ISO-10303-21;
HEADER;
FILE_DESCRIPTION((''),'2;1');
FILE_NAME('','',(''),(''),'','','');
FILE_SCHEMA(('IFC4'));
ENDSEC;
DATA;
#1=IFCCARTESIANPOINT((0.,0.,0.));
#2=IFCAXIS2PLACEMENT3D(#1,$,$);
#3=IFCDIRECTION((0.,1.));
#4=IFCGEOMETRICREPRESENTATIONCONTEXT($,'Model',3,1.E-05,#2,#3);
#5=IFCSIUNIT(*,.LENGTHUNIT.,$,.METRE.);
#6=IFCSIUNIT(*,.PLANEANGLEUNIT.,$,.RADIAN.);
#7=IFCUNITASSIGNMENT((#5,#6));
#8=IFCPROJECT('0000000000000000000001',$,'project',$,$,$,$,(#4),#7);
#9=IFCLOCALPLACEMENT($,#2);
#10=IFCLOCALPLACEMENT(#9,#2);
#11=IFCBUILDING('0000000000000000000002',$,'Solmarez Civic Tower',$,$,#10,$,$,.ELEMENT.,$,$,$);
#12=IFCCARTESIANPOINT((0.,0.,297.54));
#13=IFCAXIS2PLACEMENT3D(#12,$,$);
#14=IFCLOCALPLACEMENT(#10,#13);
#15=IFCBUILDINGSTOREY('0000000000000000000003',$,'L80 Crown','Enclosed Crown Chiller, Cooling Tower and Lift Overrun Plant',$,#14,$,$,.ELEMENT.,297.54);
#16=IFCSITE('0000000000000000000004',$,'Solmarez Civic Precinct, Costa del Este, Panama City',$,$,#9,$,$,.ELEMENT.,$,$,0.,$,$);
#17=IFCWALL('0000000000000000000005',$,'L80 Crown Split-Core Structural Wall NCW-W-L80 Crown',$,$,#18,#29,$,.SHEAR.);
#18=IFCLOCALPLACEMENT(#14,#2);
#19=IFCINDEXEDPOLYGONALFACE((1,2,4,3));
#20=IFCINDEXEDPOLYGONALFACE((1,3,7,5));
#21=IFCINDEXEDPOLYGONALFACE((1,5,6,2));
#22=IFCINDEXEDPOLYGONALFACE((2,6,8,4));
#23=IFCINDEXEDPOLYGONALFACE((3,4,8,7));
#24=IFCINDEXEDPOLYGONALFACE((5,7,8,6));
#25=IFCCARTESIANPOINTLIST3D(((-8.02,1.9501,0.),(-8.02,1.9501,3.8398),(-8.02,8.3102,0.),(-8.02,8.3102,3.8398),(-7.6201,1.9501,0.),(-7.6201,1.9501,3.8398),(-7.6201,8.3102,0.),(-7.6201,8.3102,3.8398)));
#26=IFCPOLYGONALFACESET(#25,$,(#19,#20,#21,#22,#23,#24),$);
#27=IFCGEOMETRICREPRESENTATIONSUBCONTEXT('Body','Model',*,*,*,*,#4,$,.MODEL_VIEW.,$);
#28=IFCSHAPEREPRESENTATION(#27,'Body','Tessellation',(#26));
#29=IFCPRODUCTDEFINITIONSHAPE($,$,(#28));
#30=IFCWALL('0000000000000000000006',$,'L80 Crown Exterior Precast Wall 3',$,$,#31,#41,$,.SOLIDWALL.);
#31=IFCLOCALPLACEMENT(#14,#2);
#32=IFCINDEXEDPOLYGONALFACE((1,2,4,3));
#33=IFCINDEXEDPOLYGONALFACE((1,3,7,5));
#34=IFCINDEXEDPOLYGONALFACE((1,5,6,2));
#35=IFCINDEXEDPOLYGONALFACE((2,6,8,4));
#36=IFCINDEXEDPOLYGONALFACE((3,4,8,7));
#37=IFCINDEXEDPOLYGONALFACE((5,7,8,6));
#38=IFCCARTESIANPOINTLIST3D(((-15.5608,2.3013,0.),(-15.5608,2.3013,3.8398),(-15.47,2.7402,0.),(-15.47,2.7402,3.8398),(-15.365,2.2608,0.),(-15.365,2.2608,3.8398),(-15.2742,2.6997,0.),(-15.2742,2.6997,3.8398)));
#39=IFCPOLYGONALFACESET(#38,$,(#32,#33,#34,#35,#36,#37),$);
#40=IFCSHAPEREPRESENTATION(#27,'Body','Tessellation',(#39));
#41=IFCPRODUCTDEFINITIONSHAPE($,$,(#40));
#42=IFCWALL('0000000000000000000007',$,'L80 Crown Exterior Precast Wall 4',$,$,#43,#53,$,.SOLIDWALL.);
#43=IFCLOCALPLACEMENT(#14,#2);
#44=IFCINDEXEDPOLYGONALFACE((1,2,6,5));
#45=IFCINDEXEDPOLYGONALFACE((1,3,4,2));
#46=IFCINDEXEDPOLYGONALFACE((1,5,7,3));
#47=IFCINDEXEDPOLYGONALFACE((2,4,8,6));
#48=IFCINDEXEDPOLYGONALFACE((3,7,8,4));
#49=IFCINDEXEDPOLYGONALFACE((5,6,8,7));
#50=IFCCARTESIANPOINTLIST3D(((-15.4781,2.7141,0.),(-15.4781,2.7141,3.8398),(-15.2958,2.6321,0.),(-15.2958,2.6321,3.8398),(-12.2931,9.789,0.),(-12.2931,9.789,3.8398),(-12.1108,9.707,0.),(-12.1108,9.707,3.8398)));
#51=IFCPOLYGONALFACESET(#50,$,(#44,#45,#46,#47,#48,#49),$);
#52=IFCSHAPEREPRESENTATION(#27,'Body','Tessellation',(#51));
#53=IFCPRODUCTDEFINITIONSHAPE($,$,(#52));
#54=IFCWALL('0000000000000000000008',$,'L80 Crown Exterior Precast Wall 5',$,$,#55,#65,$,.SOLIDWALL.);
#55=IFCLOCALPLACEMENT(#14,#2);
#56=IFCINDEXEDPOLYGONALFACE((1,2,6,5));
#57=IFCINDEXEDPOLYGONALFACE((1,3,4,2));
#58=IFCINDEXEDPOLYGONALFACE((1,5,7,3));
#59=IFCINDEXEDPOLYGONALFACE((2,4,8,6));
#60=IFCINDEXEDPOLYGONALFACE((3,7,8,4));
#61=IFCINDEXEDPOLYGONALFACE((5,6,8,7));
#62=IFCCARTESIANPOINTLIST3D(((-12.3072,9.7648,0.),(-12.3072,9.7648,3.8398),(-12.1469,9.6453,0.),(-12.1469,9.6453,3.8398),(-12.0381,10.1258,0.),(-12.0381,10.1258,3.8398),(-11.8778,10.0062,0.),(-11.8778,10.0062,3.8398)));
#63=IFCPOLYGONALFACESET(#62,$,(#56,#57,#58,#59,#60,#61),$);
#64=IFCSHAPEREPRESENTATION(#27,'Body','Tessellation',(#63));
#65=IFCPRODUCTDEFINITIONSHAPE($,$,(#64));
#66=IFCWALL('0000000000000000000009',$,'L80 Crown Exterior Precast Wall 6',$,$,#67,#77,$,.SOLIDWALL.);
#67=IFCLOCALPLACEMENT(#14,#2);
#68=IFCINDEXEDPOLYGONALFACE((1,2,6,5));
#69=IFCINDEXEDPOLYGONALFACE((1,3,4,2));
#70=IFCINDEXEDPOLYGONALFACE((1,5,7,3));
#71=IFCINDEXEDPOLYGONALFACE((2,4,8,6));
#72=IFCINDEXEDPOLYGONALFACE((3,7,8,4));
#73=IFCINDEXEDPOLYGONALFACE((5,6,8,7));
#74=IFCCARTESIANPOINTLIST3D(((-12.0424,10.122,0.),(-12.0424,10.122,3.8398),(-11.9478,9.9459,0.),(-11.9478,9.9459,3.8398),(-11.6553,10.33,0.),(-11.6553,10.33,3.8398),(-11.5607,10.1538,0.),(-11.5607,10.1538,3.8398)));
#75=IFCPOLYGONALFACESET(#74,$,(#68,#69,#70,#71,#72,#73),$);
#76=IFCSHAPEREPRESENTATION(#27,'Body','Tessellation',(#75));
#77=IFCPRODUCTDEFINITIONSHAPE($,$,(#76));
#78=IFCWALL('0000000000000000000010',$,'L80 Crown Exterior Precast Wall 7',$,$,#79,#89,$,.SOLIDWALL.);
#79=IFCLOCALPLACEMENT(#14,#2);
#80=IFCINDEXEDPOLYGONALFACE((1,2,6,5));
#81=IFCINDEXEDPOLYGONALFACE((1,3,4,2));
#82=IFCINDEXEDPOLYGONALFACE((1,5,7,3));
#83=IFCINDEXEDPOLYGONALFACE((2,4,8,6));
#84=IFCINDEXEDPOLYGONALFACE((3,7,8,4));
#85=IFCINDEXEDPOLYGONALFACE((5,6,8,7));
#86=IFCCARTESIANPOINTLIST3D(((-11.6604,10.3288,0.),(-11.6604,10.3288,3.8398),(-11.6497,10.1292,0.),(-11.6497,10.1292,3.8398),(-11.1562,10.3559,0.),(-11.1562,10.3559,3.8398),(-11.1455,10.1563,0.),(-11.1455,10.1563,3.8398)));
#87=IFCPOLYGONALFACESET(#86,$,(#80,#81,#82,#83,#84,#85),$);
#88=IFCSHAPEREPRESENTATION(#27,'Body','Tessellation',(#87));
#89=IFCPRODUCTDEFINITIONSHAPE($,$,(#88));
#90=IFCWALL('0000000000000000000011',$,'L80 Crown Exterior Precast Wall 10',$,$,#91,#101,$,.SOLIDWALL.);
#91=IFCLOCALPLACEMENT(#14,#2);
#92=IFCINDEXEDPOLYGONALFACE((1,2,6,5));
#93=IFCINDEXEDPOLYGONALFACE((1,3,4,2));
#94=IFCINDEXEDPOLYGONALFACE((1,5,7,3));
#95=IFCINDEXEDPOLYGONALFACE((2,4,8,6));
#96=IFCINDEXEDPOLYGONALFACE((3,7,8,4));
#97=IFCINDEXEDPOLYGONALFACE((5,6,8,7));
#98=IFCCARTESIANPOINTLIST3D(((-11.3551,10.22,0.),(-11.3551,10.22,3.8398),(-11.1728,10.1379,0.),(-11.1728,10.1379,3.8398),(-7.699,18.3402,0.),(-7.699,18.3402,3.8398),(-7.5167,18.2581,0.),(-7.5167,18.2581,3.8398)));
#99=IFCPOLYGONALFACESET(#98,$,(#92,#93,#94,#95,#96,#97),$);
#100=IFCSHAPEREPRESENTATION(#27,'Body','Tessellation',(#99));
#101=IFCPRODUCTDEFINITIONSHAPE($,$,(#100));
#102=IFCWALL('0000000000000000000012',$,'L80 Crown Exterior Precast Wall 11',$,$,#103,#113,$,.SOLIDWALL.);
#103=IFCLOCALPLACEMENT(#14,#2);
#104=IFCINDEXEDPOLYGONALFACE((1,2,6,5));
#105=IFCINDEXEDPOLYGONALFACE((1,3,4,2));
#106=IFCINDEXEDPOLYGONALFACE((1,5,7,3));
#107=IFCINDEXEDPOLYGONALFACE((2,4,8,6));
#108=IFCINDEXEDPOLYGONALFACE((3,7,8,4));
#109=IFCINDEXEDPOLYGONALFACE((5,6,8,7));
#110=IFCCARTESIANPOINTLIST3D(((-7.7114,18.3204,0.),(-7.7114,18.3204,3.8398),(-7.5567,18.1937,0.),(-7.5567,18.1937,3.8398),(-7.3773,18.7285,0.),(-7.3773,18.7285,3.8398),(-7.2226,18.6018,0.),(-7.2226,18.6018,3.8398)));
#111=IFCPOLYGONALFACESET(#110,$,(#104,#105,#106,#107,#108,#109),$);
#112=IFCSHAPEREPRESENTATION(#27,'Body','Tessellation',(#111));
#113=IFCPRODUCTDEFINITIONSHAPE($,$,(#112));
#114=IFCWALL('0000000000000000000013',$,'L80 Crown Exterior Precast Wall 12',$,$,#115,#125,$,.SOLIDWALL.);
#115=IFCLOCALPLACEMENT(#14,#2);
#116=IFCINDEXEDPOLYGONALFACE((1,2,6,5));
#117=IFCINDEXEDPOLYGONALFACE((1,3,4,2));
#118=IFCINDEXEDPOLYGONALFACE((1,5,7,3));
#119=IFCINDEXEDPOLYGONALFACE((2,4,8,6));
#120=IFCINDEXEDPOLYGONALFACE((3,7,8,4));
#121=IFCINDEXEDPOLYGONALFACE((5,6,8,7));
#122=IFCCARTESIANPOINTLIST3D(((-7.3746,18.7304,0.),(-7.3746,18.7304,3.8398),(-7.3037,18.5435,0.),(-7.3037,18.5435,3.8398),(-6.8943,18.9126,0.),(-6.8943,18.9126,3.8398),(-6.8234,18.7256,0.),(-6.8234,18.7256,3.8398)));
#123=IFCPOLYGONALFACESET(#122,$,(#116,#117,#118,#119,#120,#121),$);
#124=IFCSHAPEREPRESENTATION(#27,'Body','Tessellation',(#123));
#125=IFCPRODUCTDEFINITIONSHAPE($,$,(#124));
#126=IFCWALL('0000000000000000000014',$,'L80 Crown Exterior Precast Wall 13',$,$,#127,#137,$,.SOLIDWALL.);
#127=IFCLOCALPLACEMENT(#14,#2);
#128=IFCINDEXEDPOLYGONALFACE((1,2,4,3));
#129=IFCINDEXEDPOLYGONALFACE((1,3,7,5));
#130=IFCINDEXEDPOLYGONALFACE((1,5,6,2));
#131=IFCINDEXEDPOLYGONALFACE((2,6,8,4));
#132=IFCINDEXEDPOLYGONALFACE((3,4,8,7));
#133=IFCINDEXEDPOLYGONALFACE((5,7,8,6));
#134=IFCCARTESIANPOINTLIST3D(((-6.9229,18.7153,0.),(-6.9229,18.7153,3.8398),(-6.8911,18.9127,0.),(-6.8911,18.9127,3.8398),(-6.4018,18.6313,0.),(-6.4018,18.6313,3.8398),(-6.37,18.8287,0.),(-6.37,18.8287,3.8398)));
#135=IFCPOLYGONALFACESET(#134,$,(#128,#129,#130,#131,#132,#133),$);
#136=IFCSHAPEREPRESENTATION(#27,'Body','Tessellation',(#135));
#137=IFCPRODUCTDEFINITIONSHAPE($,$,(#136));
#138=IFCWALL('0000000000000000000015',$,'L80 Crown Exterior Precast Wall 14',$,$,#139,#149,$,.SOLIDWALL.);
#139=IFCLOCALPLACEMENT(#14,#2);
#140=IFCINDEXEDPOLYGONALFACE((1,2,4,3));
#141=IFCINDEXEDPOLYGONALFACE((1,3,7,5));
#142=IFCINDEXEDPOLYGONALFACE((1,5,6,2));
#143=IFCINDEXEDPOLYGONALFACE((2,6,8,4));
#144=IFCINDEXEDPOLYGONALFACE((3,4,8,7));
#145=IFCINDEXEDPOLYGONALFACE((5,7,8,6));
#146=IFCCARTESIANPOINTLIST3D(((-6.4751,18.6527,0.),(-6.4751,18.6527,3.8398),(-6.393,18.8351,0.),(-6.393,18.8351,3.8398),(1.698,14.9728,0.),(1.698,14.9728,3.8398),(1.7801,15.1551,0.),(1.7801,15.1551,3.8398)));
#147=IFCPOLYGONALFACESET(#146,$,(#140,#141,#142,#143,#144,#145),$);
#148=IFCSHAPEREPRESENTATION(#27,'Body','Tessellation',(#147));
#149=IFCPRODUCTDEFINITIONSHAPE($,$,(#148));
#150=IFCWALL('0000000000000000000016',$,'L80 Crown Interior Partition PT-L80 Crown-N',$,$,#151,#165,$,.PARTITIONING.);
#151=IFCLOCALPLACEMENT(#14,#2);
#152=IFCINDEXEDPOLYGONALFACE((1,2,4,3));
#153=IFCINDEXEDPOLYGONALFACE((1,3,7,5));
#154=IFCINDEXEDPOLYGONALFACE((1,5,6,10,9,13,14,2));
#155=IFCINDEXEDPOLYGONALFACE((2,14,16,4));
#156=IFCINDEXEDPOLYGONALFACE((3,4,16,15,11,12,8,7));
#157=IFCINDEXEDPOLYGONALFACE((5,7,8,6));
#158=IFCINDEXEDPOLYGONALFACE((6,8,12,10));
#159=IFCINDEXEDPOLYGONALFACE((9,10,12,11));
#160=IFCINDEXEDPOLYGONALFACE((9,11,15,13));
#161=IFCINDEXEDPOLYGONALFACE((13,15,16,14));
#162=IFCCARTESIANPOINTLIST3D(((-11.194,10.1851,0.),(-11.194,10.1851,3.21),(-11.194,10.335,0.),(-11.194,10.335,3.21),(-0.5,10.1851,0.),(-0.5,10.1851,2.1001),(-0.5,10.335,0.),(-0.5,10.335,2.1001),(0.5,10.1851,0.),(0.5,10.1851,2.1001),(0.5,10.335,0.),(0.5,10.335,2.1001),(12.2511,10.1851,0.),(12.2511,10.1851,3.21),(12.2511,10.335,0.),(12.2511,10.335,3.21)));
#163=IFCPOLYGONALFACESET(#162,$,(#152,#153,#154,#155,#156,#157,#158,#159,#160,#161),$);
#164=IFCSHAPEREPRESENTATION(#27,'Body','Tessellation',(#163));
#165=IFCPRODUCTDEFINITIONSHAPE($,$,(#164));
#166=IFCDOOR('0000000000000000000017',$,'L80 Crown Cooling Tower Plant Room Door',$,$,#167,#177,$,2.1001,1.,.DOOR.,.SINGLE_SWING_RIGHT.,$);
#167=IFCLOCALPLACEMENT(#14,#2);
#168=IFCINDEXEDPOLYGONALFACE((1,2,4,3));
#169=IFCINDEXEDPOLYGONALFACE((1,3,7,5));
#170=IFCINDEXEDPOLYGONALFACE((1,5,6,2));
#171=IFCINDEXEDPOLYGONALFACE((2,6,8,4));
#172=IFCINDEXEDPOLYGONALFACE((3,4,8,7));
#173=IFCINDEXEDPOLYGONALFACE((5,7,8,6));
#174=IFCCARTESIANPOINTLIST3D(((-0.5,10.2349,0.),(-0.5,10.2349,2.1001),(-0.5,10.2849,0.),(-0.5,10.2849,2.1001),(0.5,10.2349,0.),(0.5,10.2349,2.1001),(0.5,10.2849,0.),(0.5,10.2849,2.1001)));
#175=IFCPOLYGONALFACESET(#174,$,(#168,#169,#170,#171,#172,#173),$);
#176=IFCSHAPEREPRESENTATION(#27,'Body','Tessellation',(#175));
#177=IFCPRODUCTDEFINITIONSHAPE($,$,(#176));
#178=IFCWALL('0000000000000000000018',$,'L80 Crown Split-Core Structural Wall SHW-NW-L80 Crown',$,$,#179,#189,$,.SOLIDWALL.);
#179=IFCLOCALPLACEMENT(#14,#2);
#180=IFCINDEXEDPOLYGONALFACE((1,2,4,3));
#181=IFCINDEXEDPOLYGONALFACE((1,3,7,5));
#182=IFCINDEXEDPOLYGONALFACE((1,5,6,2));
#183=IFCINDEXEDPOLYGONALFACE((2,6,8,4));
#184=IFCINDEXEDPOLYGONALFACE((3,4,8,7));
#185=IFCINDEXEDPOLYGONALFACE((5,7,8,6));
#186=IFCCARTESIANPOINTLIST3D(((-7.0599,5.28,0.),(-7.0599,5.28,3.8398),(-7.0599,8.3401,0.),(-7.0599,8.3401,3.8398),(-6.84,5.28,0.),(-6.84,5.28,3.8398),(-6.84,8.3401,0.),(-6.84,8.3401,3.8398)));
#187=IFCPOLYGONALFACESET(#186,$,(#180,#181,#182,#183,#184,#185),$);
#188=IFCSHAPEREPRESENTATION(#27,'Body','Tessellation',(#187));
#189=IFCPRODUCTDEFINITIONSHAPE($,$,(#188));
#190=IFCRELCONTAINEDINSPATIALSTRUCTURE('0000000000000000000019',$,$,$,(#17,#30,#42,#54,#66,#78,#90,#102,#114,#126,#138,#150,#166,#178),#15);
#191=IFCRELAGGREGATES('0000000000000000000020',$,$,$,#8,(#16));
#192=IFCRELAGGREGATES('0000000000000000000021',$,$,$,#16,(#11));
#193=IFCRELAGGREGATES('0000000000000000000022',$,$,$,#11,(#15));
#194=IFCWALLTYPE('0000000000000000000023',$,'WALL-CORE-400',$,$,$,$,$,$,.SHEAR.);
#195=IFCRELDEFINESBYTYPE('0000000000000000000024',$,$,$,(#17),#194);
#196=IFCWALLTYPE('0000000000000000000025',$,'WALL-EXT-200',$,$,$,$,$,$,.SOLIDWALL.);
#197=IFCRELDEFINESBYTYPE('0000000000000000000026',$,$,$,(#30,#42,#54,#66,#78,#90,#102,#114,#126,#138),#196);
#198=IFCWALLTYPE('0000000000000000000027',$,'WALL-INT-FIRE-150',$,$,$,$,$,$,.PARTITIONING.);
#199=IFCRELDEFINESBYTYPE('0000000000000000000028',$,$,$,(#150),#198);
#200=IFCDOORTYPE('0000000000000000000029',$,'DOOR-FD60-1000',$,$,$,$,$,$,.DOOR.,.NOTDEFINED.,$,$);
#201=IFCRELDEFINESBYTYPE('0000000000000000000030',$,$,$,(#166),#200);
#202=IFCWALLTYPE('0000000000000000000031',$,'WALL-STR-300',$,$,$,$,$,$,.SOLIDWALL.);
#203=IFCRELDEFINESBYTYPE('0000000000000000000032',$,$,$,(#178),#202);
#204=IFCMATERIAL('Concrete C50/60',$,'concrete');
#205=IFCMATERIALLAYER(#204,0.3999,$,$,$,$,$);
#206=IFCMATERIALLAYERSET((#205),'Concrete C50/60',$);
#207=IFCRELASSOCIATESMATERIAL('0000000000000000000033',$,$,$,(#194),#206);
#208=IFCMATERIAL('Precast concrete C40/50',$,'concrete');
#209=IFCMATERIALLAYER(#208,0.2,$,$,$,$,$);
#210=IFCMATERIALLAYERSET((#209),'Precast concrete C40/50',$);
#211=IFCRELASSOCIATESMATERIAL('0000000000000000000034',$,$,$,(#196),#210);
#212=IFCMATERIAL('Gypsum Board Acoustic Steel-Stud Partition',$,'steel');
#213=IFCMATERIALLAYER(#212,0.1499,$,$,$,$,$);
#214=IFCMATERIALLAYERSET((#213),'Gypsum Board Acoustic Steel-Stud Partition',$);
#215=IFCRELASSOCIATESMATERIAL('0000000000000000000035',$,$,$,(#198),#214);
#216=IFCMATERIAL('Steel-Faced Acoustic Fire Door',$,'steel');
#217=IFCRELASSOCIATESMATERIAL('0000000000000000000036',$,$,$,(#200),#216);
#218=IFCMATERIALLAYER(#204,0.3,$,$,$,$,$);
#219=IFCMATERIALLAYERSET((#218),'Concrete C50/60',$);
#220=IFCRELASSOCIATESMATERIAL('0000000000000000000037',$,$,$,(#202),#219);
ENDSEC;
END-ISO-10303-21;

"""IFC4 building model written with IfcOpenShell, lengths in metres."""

from ifc_helpers import new_model, si_unit, direction, frame, frame_2d, origin, place, context, subcontext, project, spatial, rectangle, extrude, material, layer, layer_set, type_object, element, fill, save


model = new_model("IFC4")

# Units and contexts
model_context = context("Model", 3, precision=1e-05, world=origin(), true_north=direction((0.0, 1.0)))
body_context = subcontext(model_context, "Body", "Model", "MODEL_VIEW")
ifc_project = project(units=[si_unit("LENGTHUNIT", "METRE"), si_unit("PLANEANGLEUNIT", "RADIAN")], contexts=[model_context])

# Site, building, storey
site_placement = place(None, origin())
site = spatial("IfcSite", under=ifc_project, at=site_placement, Name="Solmarez Civic Precinct, Costa del Este, Panama City", CompositionType="ELEMENT", RefElevation=0.0)
building_placement = place(site_placement, origin())
building = spatial("IfcBuilding", under=site, at=building_placement, Name="Solmarez Civic Tower", CompositionType="ELEMENT")
storey_placement = place(building_placement, frame((0.0, 0.0, 297.54)))
storey = spatial("IfcBuildingStorey", under=building, at=storey_placement, Name="L80 Crown", Description="Enclosed Crown Chiller, Cooling Tower and Lift Overrun Plant", CompositionType="ELEMENT", Elevation=297.54)

# Shared definitions
ifc_material_1 = material(Name="Concrete C50/60", Category="concrete")

# Walls
ifc_layer_1 = layer(ifc_material_1, 0.3999)
ifc_layer_set_1 = layer_set([ifc_layer_1], Name="Concrete C50/60")
wall_type_1 = type_object("IfcWallType", Name="WALL-CORE-400", PredefinedType="SHEAR", material=ifc_layer_set_1)
wall_1_placement = place(storey_placement, frame((-7.8201, 1.95, 0.0), z_axis=(0.0, 0.0, 1.0), x_axis=(0.0, 1.0, 0.0)))
element("IfcWall", 1, at=wall_1_placement, inside=storey, type_object=wall_type_1, Name="L80 Crown Split-Core Structural Wall NCW-W-L80 Crown", PredefinedType="SHEAR", context=body_context, shape_type="SweptSolid", body=[
    extrude(rectangle(XDim=6.3601, YDim=0.3999, at=frame_2d((3.1802, 0.0))), origin(), (0.0, 0.0, 1.0), 3.8398),
])
ifc_material_2 = material(Name="Precast concrete C40/50", Category="concrete")
ifc_layer_2 = layer(ifc_material_2, 0.2)
ifc_layer_set_2 = layer_set([ifc_layer_2], Name="Precast concrete C40/50")
wall_type_2 = type_object("IfcWallType", Name="WALL-EXT-200", PredefinedType="SOLIDWALL", material=ifc_layer_set_2)
wall_2_placement = place(storey_placement, frame((-15.4629, 2.281, 0.0), z_axis=(0.0, 0.0, 1.0), x_axis=(0.202606, 0.97926, 0.0)))
element("IfcWall", 2, at=wall_2_placement, inside=storey, type_object=wall_type_2, Name="L80 Crown Exterior Precast Wall 3", PredefinedType="SOLIDWALL", context=body_context, shape_type="SweptSolid", body=[
    extrude(rectangle(XDim=0.4482, YDim=0.2, at=frame_2d((0.2241, 0.0))), origin(), (0.0, 0.0, 1.0), 3.8398),
])
wall_3_placement = place(storey_placement, frame((-15.387, 2.6731, 0.0), z_axis=(0.0, 0.0, 1.0), x_axis=(0.410507, 0.911857, 0.0)))
element("IfcWall", 3, at=wall_3_placement, inside=storey, type_object=wall_type_2, Name="L80 Crown Exterior Precast Wall 4", PredefinedType="SOLIDWALL", context=body_context, shape_type="SweptSolid", body=[
    extrude(rectangle(XDim=7.7588, YDim=0.2, at=frame_2d((3.8794, 0.0))), origin(), (0.0, 0.0, 1.0), 3.8398),
])
wall_4_placement = place(storey_placement, frame((-12.2271, 9.7051, 0.0), z_axis=(0.0, 0.0, 1.0), x_axis=(0.597741, 0.801689, 0.0)))
element("IfcWall", 4, at=wall_4_placement, inside=storey, type_object=wall_type_2, Name="L80 Crown Exterior Precast Wall 5", PredefinedType="SOLIDWALL", context=body_context, shape_type="SweptSolid", body=[
    extrude(rectangle(XDim=0.4502, YDim=0.2, at=frame_2d((0.2251, 0.0))), origin(), (0.0, 0.0, 1.0), 3.8398),
])
wall_5_placement = place(storey_placement, frame((-11.9951, 10.0339, 0.0), z_axis=(0.0, 0.0, 1.0), x_axis=(0.880934, 0.473238, 0.0)))
element("IfcWall", 5, at=wall_5_placement, inside=storey, type_object=wall_type_2, Name="L80 Crown Exterior Precast Wall 6", PredefinedType="SOLIDWALL", context=body_context, shape_type="SweptSolid", body=[
    extrude(rectangle(XDim=0.4395, YDim=0.2, at=frame_2d((0.2197, 0.0))), origin(), (0.0, 0.0, 1.0), 3.8398),
])
wall_6_placement = place(storey_placement, frame((-11.655, 10.229, 0.0), z_axis=(0.0, 0.0, 1.0), x_axis=(0.998558, 0.053676, 0.0)))
element("IfcWall", 6, at=wall_6_placement, inside=storey, type_object=wall_type_2, Name="L80 Crown Exterior Precast Wall 7", PredefinedType="SOLIDWALL", context=body_context, shape_type="SweptSolid", body=[
    extrude(rectangle(XDim=0.5049, YDim=0.2, at=frame_2d((0.2524, 0.0))), origin(), (0.0, 0.0, 1.0), 3.8398),
])
wall_7_placement = place(storey_placement, frame((-11.2639, 10.179, 0.0), z_axis=(0.0, 0.0, 1.0), x_axis=(0.410547, 0.911839, 0.0)))
element("IfcWall", 7, at=wall_7_placement, inside=storey, type_object=wall_type_2, Name="L80 Crown Exterior Precast Wall 10", PredefinedType="SOLIDWALL", context=body_context, shape_type="SweptSolid", body=[
    extrude(rectangle(XDim=8.9053, YDim=0.2, at=frame_2d((4.4526, 0.0))), origin(), (0.0, 0.0, 1.0), 3.8398),
])
wall_8_placement = place(storey_placement, frame((-7.634, 18.2571, 0.0), z_axis=(0.0, 0.0, 1.0), x_axis=(0.633465, 0.773772, 0.0)))
element("IfcWall", 8, at=wall_8_placement, inside=storey, type_object=wall_type_2, Name="L80 Crown Exterior Precast Wall 11", PredefinedType="SOLIDWALL", context=body_context, shape_type="SweptSolid", body=[
    extrude(rectangle(XDim=0.5273, YDim=0.2, at=frame_2d((0.2637, 0.0))), origin(), (0.0, 0.0, 1.0), 3.8398),
])
wall_9_placement = place(storey_placement, frame((-7.3391, 18.637, 0.0), z_axis=(0.0, 0.0, 1.0), x_axis=(0.935014, 0.354611, 0.0)))
element("IfcWall", 9, at=wall_9_placement, inside=storey, type_object=wall_type_2, Name="L80 Crown Exterior Precast Wall 12", PredefinedType="SOLIDWALL", context=body_context, shape_type="SweptSolid", body=[
    extrude(rectangle(XDim=0.5137, YDim=0.2, at=frame_2d((0.2568, 0.0))), origin(), (0.0, 0.0, 1.0), 3.8398),
])
wall_10_placement = place(storey_placement, frame((-6.907, 18.814, 0.0), z_axis=(0.0, 0.0, 1.0), x_axis=(0.987255, -0.159145, 0.0)))
element("IfcWall", 10, at=wall_10_placement, inside=storey, type_object=wall_type_2, Name="L80 Crown Exterior Precast Wall 13", PredefinedType="SOLIDWALL", context=body_context, shape_type="SweptSolid", body=[
    extrude(rectangle(XDim=0.5278, YDim=0.2, at=frame_2d((0.2639, 0.0))), origin(), (0.0, 0.0, 1.0), 3.8398),
])
wall_11_placement = place(storey_placement, frame((-6.4341, 18.7439, 0.0), z_axis=(0.0, 0.0, 1.0), x_axis=(0.911836, -0.410554, 0.0)))
element("IfcWall", 11, at=wall_11_placement, inside=storey, type_object=wall_type_2, Name="L80 Crown Exterior Precast Wall 14", PredefinedType="SOLIDWALL", context=body_context, shape_type="SweptSolid", body=[
    extrude(rectangle(XDim=8.9634, YDim=0.2, at=frame_2d((4.4817, 0.0))), origin(), (0.0, 0.0, 1.0), 3.8398),
])

# Wall, opening, door
ifc_material_3 = material(Name="Gypsum Board Acoustic Steel-Stud Partition", Category="steel")
ifc_layer_3 = layer(ifc_material_3, 0.1499)
ifc_layer_set_3 = layer_set([ifc_layer_3], Name="Gypsum Board Acoustic Steel-Stud Partition")
wall_type_3 = type_object("IfcWallType", Name="WALL-INT-FIRE-150", PredefinedType="PARTITIONING", material=ifc_layer_set_3)
wall_12_placement = place(storey_placement, frame((-11.1941, 10.26, 0.0), z_axis=(0.0, 0.0, 1.0), x_axis=(1.0, 0.0, 0.0)))
wall_12 = element("IfcWall", 12, at=wall_12_placement, inside=storey, type_object=wall_type_3, Name="L80 Crown Interior Partition PT-L80 Crown-N", PredefinedType="PARTITIONING", context=body_context, shape_type="SweptSolid", body=[
    extrude(rectangle(XDim=23.4451, YDim=0.1499, at=frame_2d((11.7227, 0.0))), origin(), (0.0, 0.0, 1.0), 3.21),
])
opening_placement = place(wall_12_placement, frame((10.6941, 0.0, 0.0)))
opening = element("IfcOpeningElement", 13, at=opening_placement, cuts=wall_12, PredefinedType="OPENING", context=body_context, shape_type="SweptSolid", body=[
    extrude(rectangle(XDim=1.0, YDim=2.1001, at=frame_2d((0.5, 1.05))), frame((0.0, 0.085, 0.0), z_axis=(0.0, -1.0, 0.0), x_axis=(1.0, 0.0, 0.0)), (0.0, 0.0, 1.0), 0.1699),
])
ifc_material_4 = material(Name="Steel-Faced Acoustic Fire Door", Category="steel")
door_type = type_object("IfcDoorType", Name="DOOR-FD60-1000", OperationType="NOTDEFINED", PredefinedType="DOOR", material=ifc_material_4)
door_placement = place(opening_placement, origin())
door = element("IfcDoor", 14, at=door_placement, inside=storey, type_object=door_type, Name="L80 Crown Cooling Tower Plant Room Door", OperationType="SINGLE_SWING_RIGHT", OverallHeight=2.1001, OverallWidth=1.0, PredefinedType="DOOR", context=body_context, shape_type="SweptSolid", body=[
    extrude(rectangle(XDim=1.0, YDim=2.1001, at=frame_2d((0.5, 1.05))), frame((0.0, 0.0249, 0.0), z_axis=(0.0, -1.0, 0.0), x_axis=(1.0, 0.0, 0.0)), (0.0, 0.0, 1.0), 0.05),
])
fill(opening, door)

# Wall
ifc_layer_4 = layer(ifc_material_1, 0.3)
ifc_layer_set_4 = layer_set([ifc_layer_4], Name="Concrete C50/60")
wall_type_4 = type_object("IfcWallType", Name="WALL-STR-300", PredefinedType="SOLIDWALL", material=ifc_layer_set_4)
wall_13_placement = place(storey_placement, frame((-6.95, 5.28, 0.0), z_axis=(0.0, 0.0, 1.0), x_axis=(0.0, 1.0, 0.0)))
element("IfcWall", 15, at=wall_13_placement, inside=storey, type_object=wall_type_4, Name="L80 Crown Split-Core Structural Wall SHW-NW-L80 Crown", PredefinedType="SOLIDWALL", context=body_context, shape_type="SweptSolid", body=[
    extrude(rectangle(XDim=3.0601, YDim=0.22, at=frame_2d((1.53, 0.0))), origin(), (0.0, 0.0, 1.0), 3.8398),
])

save(model, "model.ifc")
